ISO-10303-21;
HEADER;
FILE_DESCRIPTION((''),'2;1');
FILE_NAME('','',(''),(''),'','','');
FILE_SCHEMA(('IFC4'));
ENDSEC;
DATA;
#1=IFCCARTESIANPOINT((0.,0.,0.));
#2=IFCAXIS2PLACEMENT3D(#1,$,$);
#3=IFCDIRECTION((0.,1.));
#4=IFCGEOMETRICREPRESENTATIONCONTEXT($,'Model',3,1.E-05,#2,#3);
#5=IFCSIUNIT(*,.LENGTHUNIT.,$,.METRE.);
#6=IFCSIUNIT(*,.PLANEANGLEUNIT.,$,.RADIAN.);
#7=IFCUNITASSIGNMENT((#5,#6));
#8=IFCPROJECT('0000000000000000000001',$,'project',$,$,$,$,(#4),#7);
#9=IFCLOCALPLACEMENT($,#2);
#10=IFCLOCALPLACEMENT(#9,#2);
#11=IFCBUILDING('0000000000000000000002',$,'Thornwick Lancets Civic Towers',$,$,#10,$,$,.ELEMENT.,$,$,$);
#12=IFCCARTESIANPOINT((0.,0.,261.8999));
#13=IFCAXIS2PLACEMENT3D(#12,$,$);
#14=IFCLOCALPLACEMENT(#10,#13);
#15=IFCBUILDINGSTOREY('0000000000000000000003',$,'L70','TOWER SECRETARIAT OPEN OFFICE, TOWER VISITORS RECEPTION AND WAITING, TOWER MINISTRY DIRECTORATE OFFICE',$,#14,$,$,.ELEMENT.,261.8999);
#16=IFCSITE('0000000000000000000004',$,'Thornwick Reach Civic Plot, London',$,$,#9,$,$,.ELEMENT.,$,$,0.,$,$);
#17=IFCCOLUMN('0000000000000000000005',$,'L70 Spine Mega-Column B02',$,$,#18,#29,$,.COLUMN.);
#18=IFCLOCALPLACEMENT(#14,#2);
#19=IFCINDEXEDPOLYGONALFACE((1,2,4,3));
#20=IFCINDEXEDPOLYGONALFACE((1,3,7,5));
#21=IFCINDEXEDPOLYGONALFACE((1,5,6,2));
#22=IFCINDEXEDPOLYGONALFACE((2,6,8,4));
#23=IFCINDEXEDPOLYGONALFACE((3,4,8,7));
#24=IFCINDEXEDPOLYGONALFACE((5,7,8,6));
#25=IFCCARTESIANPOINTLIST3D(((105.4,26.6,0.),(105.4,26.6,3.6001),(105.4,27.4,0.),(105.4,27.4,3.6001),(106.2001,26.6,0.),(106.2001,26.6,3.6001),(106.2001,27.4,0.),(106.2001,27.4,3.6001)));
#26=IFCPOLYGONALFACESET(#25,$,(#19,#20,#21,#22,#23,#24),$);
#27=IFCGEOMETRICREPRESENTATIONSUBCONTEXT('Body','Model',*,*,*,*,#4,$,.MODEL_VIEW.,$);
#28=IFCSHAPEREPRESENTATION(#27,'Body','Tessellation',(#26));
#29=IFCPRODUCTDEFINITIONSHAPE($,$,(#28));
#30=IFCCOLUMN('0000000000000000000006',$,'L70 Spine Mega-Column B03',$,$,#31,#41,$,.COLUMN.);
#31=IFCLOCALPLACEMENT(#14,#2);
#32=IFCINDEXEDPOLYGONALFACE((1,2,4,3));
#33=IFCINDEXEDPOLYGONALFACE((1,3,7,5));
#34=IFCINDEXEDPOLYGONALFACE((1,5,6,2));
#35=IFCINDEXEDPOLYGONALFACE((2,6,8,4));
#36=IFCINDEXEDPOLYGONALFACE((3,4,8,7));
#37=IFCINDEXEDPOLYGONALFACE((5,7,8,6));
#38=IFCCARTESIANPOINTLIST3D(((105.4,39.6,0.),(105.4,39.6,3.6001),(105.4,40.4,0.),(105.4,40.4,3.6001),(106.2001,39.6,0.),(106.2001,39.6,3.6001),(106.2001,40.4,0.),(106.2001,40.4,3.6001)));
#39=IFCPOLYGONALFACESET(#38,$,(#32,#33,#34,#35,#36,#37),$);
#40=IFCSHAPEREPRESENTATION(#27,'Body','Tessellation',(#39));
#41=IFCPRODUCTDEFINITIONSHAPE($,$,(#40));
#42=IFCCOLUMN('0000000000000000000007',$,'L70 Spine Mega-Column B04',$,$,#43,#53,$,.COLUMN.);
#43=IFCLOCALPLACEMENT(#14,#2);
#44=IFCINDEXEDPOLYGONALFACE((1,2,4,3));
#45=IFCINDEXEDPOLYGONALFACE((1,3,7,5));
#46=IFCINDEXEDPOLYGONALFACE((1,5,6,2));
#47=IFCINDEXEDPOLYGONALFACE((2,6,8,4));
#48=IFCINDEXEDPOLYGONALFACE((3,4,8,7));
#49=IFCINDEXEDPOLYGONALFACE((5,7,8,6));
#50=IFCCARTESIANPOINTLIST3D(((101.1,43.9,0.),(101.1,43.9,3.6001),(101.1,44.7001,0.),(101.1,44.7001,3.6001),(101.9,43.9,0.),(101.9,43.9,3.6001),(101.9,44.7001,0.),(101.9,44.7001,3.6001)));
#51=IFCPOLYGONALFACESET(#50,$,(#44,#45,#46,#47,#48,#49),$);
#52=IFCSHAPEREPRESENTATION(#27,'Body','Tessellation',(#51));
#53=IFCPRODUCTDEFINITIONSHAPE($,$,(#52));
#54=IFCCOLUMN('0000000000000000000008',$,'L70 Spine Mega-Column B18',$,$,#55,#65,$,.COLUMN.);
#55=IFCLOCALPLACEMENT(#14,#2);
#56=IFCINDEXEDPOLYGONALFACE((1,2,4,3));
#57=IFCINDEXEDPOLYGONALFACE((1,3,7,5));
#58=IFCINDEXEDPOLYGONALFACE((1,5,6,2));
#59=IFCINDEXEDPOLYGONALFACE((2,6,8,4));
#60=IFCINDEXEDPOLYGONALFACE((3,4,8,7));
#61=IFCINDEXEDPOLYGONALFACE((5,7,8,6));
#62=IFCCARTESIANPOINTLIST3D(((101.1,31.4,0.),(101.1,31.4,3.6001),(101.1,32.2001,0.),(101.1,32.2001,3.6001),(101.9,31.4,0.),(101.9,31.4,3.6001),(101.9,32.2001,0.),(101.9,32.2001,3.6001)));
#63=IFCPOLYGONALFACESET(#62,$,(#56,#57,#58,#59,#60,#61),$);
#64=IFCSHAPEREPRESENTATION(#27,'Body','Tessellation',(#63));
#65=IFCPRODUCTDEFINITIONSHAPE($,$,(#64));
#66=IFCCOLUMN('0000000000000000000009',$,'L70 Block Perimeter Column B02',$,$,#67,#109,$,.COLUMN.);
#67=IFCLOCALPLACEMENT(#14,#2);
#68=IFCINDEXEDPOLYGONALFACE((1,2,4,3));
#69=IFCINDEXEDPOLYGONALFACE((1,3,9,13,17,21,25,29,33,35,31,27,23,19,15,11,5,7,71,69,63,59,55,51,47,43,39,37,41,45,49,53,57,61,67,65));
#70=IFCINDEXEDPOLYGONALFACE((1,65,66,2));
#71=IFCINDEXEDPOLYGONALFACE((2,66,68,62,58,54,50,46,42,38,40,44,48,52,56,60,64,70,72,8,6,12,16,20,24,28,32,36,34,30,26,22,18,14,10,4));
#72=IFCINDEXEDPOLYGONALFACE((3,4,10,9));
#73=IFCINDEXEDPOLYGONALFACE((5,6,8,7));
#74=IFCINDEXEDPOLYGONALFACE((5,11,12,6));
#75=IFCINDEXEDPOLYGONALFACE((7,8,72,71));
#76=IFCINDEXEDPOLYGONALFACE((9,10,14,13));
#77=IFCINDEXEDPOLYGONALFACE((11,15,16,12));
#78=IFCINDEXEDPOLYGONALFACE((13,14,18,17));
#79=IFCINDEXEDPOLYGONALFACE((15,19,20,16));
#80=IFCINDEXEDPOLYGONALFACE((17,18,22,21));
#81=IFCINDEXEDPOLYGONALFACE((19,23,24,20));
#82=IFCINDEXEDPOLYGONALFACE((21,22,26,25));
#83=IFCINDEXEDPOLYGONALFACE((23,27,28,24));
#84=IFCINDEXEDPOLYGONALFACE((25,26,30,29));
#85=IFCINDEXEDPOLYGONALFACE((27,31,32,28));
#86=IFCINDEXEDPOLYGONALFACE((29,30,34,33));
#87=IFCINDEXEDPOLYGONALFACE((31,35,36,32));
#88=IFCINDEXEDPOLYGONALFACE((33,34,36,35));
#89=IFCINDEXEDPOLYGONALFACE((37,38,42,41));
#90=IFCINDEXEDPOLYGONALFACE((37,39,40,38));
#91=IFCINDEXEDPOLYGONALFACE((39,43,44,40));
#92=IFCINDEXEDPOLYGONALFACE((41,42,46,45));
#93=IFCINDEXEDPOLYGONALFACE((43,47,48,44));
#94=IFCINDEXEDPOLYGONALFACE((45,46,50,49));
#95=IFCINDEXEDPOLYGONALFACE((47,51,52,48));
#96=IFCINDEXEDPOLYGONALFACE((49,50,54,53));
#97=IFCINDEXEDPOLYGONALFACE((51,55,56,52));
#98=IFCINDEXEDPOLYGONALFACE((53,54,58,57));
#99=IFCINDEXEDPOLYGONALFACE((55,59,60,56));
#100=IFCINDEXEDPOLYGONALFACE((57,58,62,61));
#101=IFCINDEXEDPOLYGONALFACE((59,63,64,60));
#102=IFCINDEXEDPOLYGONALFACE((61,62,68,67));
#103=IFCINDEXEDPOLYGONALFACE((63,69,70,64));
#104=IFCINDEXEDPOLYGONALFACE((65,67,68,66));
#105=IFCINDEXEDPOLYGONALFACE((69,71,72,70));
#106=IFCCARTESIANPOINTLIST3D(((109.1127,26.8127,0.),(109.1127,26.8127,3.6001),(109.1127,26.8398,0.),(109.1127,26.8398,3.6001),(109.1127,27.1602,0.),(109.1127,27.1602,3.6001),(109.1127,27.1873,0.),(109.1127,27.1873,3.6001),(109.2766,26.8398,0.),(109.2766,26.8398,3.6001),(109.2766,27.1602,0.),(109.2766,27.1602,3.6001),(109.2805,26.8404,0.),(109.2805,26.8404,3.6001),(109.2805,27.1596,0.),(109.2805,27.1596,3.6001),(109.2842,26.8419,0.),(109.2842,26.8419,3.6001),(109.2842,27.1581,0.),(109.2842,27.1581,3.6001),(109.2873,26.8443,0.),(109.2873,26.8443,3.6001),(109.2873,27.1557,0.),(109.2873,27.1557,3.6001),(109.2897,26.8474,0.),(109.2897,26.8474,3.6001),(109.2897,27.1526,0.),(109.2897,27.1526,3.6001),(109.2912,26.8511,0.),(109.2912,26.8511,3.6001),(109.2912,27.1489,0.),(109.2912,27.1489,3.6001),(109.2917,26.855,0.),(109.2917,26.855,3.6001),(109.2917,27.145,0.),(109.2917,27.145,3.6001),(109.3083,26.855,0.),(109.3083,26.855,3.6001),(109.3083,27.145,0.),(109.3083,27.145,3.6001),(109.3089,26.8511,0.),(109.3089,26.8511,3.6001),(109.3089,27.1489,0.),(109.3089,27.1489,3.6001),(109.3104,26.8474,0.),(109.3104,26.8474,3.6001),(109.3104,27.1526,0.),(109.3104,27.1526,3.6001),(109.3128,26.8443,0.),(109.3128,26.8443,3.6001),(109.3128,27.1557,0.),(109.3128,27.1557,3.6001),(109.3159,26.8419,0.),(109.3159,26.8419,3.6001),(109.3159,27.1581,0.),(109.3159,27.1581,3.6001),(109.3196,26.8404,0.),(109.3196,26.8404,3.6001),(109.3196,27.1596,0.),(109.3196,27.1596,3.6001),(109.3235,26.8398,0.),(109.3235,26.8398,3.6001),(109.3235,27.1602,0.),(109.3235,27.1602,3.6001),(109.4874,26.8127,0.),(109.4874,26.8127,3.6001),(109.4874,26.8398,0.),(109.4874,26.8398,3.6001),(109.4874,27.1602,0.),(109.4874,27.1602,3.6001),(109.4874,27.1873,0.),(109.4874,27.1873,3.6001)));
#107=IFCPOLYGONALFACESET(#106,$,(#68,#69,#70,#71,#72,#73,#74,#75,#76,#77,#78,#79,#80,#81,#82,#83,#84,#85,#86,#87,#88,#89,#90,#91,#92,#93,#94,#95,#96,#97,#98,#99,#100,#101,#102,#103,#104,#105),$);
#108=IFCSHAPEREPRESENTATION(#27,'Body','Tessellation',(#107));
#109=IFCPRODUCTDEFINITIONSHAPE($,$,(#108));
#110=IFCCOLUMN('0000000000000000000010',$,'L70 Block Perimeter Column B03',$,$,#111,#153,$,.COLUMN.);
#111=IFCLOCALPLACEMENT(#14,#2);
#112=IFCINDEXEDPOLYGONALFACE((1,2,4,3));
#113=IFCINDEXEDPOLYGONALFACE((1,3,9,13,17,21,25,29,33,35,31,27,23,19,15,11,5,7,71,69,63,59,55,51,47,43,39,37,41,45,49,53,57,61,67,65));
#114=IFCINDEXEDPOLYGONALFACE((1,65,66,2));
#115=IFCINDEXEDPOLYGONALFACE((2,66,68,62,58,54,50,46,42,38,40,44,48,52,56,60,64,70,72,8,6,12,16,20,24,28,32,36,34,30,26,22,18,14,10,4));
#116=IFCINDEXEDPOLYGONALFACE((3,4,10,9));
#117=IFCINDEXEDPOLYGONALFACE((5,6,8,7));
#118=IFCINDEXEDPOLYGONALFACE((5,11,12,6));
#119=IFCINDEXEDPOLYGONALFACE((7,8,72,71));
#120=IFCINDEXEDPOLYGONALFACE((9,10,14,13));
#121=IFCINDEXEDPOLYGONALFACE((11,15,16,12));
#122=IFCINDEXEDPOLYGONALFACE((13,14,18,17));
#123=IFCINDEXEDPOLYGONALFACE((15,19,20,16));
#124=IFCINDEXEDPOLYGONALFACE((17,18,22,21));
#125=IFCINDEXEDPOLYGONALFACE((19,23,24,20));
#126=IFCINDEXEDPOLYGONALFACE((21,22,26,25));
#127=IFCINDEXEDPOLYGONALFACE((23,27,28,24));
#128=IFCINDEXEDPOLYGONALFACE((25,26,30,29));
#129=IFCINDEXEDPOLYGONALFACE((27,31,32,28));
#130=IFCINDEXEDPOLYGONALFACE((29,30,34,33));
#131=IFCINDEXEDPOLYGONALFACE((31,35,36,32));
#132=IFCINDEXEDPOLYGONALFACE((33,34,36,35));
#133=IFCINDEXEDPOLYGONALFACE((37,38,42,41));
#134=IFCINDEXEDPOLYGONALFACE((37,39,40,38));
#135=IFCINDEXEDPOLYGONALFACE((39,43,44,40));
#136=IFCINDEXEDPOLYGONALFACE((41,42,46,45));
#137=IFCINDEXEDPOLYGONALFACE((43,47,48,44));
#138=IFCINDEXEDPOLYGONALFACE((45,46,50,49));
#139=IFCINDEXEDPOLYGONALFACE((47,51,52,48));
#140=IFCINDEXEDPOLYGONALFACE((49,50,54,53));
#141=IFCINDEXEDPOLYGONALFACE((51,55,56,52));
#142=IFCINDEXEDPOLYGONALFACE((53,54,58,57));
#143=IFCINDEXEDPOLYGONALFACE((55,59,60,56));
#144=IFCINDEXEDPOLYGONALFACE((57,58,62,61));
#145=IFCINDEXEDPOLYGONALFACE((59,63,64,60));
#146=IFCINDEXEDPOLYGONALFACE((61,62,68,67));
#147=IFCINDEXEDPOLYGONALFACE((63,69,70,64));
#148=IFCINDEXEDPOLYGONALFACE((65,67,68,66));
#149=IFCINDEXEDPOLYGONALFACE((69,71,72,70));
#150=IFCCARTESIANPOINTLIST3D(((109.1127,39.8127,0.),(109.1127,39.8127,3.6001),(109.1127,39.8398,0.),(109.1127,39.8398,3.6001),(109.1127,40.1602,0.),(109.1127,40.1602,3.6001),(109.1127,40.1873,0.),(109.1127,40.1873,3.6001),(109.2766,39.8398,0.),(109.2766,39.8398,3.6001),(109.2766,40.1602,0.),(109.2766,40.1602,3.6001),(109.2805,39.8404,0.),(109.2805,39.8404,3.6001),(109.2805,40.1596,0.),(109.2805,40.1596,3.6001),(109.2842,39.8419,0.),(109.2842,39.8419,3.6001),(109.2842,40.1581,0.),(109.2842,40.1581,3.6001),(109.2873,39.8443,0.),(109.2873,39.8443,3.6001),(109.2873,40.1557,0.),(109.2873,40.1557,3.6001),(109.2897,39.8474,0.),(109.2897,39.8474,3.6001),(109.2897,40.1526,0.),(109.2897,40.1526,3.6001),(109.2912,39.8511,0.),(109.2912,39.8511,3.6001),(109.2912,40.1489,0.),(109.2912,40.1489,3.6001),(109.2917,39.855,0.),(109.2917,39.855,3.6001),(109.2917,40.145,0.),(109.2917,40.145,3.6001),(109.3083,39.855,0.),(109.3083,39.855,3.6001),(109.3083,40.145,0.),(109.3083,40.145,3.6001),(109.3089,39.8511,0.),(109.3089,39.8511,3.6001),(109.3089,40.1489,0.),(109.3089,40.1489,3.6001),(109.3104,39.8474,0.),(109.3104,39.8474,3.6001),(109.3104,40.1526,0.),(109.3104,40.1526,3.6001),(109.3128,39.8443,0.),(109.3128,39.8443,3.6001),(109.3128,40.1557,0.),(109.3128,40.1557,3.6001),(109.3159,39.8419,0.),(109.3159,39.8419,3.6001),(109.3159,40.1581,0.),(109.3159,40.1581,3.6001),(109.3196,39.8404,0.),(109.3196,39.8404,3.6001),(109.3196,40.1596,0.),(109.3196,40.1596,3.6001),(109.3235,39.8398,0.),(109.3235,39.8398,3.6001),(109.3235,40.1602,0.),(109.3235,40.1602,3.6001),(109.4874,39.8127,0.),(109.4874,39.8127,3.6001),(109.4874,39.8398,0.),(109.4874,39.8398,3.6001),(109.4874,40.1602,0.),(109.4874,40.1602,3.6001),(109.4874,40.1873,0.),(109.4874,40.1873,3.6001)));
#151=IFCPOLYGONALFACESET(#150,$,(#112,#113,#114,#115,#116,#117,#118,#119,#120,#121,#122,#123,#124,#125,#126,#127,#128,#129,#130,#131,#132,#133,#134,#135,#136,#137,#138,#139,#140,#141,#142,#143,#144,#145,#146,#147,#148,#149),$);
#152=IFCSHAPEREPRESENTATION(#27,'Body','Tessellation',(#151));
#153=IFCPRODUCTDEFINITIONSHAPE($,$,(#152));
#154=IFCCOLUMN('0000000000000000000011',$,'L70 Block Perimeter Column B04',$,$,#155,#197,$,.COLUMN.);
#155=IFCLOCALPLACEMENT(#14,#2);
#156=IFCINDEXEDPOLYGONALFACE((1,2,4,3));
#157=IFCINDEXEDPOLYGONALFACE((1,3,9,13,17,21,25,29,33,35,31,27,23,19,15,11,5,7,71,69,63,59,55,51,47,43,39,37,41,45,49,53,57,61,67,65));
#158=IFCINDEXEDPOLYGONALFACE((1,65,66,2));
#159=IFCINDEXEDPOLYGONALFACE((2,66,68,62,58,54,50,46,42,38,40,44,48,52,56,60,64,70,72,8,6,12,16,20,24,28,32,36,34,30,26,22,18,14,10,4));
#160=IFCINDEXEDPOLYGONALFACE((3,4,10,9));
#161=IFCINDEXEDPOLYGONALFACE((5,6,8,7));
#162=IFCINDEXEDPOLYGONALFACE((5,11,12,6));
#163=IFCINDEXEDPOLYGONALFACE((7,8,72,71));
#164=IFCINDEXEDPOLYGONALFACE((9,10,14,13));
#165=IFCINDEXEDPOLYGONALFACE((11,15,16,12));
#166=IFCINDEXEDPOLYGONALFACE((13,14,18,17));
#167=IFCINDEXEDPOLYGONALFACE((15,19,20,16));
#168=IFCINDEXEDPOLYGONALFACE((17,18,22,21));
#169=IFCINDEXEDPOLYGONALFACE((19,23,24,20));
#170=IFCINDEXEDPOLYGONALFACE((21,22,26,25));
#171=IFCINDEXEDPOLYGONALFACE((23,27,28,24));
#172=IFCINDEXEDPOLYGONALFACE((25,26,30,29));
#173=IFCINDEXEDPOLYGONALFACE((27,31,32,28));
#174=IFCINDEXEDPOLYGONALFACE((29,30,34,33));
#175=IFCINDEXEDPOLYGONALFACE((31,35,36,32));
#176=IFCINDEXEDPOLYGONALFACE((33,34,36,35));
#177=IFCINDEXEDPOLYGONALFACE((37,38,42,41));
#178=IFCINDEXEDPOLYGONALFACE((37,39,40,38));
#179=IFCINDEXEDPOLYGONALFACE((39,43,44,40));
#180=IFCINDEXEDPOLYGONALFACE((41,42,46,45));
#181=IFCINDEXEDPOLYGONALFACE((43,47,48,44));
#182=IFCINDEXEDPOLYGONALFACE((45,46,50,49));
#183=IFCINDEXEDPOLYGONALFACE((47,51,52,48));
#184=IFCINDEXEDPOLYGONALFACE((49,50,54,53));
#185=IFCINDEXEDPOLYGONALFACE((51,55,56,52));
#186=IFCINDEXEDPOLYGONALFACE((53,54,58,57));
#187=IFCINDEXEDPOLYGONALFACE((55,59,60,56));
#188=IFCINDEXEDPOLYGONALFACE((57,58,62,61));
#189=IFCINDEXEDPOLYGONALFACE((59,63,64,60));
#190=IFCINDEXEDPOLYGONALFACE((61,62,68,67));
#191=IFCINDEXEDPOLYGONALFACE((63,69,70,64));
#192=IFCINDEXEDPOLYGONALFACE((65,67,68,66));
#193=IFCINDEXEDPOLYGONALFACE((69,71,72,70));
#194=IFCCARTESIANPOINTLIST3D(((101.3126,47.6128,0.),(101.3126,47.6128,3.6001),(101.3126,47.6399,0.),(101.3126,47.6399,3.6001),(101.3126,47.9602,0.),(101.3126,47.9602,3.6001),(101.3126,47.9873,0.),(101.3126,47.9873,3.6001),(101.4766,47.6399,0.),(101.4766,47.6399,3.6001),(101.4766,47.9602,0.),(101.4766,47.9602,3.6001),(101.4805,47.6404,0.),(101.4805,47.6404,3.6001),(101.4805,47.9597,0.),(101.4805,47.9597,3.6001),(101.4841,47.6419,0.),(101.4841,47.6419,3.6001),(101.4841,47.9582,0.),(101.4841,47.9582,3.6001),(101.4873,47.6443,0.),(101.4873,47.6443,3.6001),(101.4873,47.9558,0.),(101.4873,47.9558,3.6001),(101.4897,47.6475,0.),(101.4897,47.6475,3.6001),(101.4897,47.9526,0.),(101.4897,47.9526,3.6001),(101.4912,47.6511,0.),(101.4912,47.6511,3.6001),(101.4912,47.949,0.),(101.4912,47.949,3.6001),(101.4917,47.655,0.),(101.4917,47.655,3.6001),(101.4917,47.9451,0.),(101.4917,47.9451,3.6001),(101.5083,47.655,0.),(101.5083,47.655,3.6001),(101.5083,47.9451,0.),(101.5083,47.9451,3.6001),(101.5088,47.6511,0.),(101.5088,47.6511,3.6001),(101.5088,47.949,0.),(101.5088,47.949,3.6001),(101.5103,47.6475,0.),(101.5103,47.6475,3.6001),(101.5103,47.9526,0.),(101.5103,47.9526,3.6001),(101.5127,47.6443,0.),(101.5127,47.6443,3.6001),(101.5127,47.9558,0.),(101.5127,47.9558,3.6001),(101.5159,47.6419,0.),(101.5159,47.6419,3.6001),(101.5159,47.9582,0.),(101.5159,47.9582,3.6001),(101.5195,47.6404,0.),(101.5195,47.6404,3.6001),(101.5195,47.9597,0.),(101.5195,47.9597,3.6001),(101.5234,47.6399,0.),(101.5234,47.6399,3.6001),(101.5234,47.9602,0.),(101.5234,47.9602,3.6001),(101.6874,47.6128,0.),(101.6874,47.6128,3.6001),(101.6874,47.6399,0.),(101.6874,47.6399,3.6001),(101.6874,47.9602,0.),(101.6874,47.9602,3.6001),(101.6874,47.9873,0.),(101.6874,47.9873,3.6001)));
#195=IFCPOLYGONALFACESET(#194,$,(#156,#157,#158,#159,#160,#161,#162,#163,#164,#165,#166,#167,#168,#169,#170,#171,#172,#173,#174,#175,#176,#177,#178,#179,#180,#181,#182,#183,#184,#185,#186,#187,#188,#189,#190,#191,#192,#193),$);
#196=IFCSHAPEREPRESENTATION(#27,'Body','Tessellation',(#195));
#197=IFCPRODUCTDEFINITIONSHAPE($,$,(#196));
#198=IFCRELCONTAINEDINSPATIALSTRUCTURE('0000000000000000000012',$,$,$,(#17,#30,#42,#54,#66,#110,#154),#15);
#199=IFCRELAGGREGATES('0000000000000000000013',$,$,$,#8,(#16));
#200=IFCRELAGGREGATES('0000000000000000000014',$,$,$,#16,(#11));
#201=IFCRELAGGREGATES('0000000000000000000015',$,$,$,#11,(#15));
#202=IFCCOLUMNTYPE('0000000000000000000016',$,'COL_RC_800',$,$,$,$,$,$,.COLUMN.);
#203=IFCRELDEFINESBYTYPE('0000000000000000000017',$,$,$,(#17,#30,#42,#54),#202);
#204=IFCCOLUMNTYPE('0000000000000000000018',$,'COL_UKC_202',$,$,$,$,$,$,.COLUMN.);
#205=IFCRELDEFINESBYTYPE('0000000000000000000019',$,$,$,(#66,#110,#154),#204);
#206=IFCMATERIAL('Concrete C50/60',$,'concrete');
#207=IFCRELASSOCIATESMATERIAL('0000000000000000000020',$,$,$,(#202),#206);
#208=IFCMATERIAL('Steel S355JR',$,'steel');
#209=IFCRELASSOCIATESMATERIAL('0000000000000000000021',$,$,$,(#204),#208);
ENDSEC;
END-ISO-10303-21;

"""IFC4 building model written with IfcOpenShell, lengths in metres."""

from ifc_helpers import new_model, si_unit, direction, frame, origin, origin_2d, place, context, subcontext, project, spatial, rectangle, i_section, extrude, material, material_profile, profile_set, type_object, element, save


model = new_model("IFC4")

# Units and contexts
model_context = context("Model", 3, precision=1e-05, world=origin(), true_north=direction((0.0, 1.0)))
body_context = subcontext(model_context, "Body", "Model", "MODEL_VIEW")
ifc_project = project(units=[si_unit("LENGTHUNIT", "METRE"), si_unit("PLANEANGLEUNIT", "RADIAN")], contexts=[model_context])

# Site, building, storey
site_placement = place(None, origin())
site = spatial("IfcSite", under=ifc_project, at=site_placement, Name="Thornwick Reach Civic Plot, London", CompositionType="ELEMENT", RefElevation=0.0)
building_placement = place(site_placement, origin())
building = spatial("IfcBuilding", under=site, at=building_placement, Name="Thornwick Lancets Civic Towers", CompositionType="ELEMENT")
storey_placement = place(building_placement, frame((0.0, 0.0, 261.8999)))
storey = spatial("IfcBuildingStorey", under=building, at=storey_placement, Name="L70", Description="TOWER SECRETARIAT OPEN OFFICE, TOWER VISITORS RECEPTION AND WAITING, TOWER MINISTRY DIRECTORATE OFFICE", CompositionType="ELEMENT", Elevation=261.8999)

# Columns
ifc_material_1 = material(Name="Concrete C50/60", Category="concrete")
ifc_material_profile_1 = material_profile(ifc_material_1, rectangle(XDim=0.8, YDim=0.8, at=origin_2d()), Name="RC 800x800")
ifc_profile_set_1 = profile_set([ifc_material_profile_1], Name="Concrete C50/60")
column_type_1 = type_object("IfcColumnType", Name="COL_RC_800", PredefinedType="COLUMN", material=ifc_profile_set_1)
for number, where, z_axis, x_axis, name in (
    (1, (105.8, 27.0, 0.0), (0.0, 0.0, 1.0), (1.0, 0.0, 0.0), "L70 Spine Mega-Column B02"),
    (2, (105.8, 40.0, 0.0), (0.0, 0.0, 1.0), (1.0, 0.0, 0.0), "L70 Spine Mega-Column B03"),
    (3, (101.5, 44.3, 0.0), (0.0, 0.0, 1.0), (1.0, 0.0, 0.0), "L70 Spine Mega-Column B04"),
    (4, (101.5, 31.8, 0.0), (0.0, 0.0, 1.0), (1.0, 0.0, 0.0), "L70 Spine Mega-Column B18"),
):
    element("IfcColumn", number, at=place(storey_placement, frame(where, z_axis=z_axis, x_axis=x_axis)), inside=storey, type_object=column_type_1, Name=name, PredefinedType="COLUMN", context=body_context, shape_type="SweptSolid", body=[
        extrude(rectangle(XDim=0.8, YDim=0.8, at=origin_2d()), origin(), (0.0, 0.0, 1.0), 3.6001),
    ])
ifc_material_2 = material(Name="Steel S355JR", Category="steel")
ifc_material_profile_2 = material_profile(ifc_material_2, i_section(OverallWidth=0.3748, OverallDepth=0.3745, WebThickness=0.0166, FlangeThickness=0.0271, FilletRadius=0.0151, at=origin_2d()), Name="UKC 356x368x202")
ifc_profile_set_2 = profile_set([ifc_material_profile_2], Name="Steel S355JR")
column_type_2 = type_object("IfcColumnType", Name="COL_UKC_202", PredefinedType="COLUMN", material=ifc_profile_set_2)
for number, where, z_axis, x_axis, name in (
    (5, (109.3, 27.0, 0.0), (0.0, 0.0, 1.0), (1.0, 0.0, 0.0), "L70 Block Perimeter Column B02"),
    (6, (109.3, 40.0, 0.0), (0.0, 0.0, 1.0), (1.0, 0.0, 0.0), "L70 Block Perimeter Column B03"),
    (7, (101.5, 47.8, 0.0), (0.0, 0.0, 1.0), (1.0, 0.0, 0.0), "L70 Block Perimeter Column B04"),
):
    element("IfcColumn", number, at=place(storey_placement, frame(where, z_axis=z_axis, x_axis=x_axis)), inside=storey, type_object=column_type_2, Name=name, PredefinedType="COLUMN", context=body_context, shape_type="SweptSolid", body=[
        extrude(i_section(OverallWidth=0.3748, OverallDepth=0.3745, WebThickness=0.0166, FlangeThickness=0.0271, FilletRadius=0.0151, at=origin_2d()), origin(), (0.0, 0.0, 1.0), 3.6001),
    ])

save(model, "model.ifc")
